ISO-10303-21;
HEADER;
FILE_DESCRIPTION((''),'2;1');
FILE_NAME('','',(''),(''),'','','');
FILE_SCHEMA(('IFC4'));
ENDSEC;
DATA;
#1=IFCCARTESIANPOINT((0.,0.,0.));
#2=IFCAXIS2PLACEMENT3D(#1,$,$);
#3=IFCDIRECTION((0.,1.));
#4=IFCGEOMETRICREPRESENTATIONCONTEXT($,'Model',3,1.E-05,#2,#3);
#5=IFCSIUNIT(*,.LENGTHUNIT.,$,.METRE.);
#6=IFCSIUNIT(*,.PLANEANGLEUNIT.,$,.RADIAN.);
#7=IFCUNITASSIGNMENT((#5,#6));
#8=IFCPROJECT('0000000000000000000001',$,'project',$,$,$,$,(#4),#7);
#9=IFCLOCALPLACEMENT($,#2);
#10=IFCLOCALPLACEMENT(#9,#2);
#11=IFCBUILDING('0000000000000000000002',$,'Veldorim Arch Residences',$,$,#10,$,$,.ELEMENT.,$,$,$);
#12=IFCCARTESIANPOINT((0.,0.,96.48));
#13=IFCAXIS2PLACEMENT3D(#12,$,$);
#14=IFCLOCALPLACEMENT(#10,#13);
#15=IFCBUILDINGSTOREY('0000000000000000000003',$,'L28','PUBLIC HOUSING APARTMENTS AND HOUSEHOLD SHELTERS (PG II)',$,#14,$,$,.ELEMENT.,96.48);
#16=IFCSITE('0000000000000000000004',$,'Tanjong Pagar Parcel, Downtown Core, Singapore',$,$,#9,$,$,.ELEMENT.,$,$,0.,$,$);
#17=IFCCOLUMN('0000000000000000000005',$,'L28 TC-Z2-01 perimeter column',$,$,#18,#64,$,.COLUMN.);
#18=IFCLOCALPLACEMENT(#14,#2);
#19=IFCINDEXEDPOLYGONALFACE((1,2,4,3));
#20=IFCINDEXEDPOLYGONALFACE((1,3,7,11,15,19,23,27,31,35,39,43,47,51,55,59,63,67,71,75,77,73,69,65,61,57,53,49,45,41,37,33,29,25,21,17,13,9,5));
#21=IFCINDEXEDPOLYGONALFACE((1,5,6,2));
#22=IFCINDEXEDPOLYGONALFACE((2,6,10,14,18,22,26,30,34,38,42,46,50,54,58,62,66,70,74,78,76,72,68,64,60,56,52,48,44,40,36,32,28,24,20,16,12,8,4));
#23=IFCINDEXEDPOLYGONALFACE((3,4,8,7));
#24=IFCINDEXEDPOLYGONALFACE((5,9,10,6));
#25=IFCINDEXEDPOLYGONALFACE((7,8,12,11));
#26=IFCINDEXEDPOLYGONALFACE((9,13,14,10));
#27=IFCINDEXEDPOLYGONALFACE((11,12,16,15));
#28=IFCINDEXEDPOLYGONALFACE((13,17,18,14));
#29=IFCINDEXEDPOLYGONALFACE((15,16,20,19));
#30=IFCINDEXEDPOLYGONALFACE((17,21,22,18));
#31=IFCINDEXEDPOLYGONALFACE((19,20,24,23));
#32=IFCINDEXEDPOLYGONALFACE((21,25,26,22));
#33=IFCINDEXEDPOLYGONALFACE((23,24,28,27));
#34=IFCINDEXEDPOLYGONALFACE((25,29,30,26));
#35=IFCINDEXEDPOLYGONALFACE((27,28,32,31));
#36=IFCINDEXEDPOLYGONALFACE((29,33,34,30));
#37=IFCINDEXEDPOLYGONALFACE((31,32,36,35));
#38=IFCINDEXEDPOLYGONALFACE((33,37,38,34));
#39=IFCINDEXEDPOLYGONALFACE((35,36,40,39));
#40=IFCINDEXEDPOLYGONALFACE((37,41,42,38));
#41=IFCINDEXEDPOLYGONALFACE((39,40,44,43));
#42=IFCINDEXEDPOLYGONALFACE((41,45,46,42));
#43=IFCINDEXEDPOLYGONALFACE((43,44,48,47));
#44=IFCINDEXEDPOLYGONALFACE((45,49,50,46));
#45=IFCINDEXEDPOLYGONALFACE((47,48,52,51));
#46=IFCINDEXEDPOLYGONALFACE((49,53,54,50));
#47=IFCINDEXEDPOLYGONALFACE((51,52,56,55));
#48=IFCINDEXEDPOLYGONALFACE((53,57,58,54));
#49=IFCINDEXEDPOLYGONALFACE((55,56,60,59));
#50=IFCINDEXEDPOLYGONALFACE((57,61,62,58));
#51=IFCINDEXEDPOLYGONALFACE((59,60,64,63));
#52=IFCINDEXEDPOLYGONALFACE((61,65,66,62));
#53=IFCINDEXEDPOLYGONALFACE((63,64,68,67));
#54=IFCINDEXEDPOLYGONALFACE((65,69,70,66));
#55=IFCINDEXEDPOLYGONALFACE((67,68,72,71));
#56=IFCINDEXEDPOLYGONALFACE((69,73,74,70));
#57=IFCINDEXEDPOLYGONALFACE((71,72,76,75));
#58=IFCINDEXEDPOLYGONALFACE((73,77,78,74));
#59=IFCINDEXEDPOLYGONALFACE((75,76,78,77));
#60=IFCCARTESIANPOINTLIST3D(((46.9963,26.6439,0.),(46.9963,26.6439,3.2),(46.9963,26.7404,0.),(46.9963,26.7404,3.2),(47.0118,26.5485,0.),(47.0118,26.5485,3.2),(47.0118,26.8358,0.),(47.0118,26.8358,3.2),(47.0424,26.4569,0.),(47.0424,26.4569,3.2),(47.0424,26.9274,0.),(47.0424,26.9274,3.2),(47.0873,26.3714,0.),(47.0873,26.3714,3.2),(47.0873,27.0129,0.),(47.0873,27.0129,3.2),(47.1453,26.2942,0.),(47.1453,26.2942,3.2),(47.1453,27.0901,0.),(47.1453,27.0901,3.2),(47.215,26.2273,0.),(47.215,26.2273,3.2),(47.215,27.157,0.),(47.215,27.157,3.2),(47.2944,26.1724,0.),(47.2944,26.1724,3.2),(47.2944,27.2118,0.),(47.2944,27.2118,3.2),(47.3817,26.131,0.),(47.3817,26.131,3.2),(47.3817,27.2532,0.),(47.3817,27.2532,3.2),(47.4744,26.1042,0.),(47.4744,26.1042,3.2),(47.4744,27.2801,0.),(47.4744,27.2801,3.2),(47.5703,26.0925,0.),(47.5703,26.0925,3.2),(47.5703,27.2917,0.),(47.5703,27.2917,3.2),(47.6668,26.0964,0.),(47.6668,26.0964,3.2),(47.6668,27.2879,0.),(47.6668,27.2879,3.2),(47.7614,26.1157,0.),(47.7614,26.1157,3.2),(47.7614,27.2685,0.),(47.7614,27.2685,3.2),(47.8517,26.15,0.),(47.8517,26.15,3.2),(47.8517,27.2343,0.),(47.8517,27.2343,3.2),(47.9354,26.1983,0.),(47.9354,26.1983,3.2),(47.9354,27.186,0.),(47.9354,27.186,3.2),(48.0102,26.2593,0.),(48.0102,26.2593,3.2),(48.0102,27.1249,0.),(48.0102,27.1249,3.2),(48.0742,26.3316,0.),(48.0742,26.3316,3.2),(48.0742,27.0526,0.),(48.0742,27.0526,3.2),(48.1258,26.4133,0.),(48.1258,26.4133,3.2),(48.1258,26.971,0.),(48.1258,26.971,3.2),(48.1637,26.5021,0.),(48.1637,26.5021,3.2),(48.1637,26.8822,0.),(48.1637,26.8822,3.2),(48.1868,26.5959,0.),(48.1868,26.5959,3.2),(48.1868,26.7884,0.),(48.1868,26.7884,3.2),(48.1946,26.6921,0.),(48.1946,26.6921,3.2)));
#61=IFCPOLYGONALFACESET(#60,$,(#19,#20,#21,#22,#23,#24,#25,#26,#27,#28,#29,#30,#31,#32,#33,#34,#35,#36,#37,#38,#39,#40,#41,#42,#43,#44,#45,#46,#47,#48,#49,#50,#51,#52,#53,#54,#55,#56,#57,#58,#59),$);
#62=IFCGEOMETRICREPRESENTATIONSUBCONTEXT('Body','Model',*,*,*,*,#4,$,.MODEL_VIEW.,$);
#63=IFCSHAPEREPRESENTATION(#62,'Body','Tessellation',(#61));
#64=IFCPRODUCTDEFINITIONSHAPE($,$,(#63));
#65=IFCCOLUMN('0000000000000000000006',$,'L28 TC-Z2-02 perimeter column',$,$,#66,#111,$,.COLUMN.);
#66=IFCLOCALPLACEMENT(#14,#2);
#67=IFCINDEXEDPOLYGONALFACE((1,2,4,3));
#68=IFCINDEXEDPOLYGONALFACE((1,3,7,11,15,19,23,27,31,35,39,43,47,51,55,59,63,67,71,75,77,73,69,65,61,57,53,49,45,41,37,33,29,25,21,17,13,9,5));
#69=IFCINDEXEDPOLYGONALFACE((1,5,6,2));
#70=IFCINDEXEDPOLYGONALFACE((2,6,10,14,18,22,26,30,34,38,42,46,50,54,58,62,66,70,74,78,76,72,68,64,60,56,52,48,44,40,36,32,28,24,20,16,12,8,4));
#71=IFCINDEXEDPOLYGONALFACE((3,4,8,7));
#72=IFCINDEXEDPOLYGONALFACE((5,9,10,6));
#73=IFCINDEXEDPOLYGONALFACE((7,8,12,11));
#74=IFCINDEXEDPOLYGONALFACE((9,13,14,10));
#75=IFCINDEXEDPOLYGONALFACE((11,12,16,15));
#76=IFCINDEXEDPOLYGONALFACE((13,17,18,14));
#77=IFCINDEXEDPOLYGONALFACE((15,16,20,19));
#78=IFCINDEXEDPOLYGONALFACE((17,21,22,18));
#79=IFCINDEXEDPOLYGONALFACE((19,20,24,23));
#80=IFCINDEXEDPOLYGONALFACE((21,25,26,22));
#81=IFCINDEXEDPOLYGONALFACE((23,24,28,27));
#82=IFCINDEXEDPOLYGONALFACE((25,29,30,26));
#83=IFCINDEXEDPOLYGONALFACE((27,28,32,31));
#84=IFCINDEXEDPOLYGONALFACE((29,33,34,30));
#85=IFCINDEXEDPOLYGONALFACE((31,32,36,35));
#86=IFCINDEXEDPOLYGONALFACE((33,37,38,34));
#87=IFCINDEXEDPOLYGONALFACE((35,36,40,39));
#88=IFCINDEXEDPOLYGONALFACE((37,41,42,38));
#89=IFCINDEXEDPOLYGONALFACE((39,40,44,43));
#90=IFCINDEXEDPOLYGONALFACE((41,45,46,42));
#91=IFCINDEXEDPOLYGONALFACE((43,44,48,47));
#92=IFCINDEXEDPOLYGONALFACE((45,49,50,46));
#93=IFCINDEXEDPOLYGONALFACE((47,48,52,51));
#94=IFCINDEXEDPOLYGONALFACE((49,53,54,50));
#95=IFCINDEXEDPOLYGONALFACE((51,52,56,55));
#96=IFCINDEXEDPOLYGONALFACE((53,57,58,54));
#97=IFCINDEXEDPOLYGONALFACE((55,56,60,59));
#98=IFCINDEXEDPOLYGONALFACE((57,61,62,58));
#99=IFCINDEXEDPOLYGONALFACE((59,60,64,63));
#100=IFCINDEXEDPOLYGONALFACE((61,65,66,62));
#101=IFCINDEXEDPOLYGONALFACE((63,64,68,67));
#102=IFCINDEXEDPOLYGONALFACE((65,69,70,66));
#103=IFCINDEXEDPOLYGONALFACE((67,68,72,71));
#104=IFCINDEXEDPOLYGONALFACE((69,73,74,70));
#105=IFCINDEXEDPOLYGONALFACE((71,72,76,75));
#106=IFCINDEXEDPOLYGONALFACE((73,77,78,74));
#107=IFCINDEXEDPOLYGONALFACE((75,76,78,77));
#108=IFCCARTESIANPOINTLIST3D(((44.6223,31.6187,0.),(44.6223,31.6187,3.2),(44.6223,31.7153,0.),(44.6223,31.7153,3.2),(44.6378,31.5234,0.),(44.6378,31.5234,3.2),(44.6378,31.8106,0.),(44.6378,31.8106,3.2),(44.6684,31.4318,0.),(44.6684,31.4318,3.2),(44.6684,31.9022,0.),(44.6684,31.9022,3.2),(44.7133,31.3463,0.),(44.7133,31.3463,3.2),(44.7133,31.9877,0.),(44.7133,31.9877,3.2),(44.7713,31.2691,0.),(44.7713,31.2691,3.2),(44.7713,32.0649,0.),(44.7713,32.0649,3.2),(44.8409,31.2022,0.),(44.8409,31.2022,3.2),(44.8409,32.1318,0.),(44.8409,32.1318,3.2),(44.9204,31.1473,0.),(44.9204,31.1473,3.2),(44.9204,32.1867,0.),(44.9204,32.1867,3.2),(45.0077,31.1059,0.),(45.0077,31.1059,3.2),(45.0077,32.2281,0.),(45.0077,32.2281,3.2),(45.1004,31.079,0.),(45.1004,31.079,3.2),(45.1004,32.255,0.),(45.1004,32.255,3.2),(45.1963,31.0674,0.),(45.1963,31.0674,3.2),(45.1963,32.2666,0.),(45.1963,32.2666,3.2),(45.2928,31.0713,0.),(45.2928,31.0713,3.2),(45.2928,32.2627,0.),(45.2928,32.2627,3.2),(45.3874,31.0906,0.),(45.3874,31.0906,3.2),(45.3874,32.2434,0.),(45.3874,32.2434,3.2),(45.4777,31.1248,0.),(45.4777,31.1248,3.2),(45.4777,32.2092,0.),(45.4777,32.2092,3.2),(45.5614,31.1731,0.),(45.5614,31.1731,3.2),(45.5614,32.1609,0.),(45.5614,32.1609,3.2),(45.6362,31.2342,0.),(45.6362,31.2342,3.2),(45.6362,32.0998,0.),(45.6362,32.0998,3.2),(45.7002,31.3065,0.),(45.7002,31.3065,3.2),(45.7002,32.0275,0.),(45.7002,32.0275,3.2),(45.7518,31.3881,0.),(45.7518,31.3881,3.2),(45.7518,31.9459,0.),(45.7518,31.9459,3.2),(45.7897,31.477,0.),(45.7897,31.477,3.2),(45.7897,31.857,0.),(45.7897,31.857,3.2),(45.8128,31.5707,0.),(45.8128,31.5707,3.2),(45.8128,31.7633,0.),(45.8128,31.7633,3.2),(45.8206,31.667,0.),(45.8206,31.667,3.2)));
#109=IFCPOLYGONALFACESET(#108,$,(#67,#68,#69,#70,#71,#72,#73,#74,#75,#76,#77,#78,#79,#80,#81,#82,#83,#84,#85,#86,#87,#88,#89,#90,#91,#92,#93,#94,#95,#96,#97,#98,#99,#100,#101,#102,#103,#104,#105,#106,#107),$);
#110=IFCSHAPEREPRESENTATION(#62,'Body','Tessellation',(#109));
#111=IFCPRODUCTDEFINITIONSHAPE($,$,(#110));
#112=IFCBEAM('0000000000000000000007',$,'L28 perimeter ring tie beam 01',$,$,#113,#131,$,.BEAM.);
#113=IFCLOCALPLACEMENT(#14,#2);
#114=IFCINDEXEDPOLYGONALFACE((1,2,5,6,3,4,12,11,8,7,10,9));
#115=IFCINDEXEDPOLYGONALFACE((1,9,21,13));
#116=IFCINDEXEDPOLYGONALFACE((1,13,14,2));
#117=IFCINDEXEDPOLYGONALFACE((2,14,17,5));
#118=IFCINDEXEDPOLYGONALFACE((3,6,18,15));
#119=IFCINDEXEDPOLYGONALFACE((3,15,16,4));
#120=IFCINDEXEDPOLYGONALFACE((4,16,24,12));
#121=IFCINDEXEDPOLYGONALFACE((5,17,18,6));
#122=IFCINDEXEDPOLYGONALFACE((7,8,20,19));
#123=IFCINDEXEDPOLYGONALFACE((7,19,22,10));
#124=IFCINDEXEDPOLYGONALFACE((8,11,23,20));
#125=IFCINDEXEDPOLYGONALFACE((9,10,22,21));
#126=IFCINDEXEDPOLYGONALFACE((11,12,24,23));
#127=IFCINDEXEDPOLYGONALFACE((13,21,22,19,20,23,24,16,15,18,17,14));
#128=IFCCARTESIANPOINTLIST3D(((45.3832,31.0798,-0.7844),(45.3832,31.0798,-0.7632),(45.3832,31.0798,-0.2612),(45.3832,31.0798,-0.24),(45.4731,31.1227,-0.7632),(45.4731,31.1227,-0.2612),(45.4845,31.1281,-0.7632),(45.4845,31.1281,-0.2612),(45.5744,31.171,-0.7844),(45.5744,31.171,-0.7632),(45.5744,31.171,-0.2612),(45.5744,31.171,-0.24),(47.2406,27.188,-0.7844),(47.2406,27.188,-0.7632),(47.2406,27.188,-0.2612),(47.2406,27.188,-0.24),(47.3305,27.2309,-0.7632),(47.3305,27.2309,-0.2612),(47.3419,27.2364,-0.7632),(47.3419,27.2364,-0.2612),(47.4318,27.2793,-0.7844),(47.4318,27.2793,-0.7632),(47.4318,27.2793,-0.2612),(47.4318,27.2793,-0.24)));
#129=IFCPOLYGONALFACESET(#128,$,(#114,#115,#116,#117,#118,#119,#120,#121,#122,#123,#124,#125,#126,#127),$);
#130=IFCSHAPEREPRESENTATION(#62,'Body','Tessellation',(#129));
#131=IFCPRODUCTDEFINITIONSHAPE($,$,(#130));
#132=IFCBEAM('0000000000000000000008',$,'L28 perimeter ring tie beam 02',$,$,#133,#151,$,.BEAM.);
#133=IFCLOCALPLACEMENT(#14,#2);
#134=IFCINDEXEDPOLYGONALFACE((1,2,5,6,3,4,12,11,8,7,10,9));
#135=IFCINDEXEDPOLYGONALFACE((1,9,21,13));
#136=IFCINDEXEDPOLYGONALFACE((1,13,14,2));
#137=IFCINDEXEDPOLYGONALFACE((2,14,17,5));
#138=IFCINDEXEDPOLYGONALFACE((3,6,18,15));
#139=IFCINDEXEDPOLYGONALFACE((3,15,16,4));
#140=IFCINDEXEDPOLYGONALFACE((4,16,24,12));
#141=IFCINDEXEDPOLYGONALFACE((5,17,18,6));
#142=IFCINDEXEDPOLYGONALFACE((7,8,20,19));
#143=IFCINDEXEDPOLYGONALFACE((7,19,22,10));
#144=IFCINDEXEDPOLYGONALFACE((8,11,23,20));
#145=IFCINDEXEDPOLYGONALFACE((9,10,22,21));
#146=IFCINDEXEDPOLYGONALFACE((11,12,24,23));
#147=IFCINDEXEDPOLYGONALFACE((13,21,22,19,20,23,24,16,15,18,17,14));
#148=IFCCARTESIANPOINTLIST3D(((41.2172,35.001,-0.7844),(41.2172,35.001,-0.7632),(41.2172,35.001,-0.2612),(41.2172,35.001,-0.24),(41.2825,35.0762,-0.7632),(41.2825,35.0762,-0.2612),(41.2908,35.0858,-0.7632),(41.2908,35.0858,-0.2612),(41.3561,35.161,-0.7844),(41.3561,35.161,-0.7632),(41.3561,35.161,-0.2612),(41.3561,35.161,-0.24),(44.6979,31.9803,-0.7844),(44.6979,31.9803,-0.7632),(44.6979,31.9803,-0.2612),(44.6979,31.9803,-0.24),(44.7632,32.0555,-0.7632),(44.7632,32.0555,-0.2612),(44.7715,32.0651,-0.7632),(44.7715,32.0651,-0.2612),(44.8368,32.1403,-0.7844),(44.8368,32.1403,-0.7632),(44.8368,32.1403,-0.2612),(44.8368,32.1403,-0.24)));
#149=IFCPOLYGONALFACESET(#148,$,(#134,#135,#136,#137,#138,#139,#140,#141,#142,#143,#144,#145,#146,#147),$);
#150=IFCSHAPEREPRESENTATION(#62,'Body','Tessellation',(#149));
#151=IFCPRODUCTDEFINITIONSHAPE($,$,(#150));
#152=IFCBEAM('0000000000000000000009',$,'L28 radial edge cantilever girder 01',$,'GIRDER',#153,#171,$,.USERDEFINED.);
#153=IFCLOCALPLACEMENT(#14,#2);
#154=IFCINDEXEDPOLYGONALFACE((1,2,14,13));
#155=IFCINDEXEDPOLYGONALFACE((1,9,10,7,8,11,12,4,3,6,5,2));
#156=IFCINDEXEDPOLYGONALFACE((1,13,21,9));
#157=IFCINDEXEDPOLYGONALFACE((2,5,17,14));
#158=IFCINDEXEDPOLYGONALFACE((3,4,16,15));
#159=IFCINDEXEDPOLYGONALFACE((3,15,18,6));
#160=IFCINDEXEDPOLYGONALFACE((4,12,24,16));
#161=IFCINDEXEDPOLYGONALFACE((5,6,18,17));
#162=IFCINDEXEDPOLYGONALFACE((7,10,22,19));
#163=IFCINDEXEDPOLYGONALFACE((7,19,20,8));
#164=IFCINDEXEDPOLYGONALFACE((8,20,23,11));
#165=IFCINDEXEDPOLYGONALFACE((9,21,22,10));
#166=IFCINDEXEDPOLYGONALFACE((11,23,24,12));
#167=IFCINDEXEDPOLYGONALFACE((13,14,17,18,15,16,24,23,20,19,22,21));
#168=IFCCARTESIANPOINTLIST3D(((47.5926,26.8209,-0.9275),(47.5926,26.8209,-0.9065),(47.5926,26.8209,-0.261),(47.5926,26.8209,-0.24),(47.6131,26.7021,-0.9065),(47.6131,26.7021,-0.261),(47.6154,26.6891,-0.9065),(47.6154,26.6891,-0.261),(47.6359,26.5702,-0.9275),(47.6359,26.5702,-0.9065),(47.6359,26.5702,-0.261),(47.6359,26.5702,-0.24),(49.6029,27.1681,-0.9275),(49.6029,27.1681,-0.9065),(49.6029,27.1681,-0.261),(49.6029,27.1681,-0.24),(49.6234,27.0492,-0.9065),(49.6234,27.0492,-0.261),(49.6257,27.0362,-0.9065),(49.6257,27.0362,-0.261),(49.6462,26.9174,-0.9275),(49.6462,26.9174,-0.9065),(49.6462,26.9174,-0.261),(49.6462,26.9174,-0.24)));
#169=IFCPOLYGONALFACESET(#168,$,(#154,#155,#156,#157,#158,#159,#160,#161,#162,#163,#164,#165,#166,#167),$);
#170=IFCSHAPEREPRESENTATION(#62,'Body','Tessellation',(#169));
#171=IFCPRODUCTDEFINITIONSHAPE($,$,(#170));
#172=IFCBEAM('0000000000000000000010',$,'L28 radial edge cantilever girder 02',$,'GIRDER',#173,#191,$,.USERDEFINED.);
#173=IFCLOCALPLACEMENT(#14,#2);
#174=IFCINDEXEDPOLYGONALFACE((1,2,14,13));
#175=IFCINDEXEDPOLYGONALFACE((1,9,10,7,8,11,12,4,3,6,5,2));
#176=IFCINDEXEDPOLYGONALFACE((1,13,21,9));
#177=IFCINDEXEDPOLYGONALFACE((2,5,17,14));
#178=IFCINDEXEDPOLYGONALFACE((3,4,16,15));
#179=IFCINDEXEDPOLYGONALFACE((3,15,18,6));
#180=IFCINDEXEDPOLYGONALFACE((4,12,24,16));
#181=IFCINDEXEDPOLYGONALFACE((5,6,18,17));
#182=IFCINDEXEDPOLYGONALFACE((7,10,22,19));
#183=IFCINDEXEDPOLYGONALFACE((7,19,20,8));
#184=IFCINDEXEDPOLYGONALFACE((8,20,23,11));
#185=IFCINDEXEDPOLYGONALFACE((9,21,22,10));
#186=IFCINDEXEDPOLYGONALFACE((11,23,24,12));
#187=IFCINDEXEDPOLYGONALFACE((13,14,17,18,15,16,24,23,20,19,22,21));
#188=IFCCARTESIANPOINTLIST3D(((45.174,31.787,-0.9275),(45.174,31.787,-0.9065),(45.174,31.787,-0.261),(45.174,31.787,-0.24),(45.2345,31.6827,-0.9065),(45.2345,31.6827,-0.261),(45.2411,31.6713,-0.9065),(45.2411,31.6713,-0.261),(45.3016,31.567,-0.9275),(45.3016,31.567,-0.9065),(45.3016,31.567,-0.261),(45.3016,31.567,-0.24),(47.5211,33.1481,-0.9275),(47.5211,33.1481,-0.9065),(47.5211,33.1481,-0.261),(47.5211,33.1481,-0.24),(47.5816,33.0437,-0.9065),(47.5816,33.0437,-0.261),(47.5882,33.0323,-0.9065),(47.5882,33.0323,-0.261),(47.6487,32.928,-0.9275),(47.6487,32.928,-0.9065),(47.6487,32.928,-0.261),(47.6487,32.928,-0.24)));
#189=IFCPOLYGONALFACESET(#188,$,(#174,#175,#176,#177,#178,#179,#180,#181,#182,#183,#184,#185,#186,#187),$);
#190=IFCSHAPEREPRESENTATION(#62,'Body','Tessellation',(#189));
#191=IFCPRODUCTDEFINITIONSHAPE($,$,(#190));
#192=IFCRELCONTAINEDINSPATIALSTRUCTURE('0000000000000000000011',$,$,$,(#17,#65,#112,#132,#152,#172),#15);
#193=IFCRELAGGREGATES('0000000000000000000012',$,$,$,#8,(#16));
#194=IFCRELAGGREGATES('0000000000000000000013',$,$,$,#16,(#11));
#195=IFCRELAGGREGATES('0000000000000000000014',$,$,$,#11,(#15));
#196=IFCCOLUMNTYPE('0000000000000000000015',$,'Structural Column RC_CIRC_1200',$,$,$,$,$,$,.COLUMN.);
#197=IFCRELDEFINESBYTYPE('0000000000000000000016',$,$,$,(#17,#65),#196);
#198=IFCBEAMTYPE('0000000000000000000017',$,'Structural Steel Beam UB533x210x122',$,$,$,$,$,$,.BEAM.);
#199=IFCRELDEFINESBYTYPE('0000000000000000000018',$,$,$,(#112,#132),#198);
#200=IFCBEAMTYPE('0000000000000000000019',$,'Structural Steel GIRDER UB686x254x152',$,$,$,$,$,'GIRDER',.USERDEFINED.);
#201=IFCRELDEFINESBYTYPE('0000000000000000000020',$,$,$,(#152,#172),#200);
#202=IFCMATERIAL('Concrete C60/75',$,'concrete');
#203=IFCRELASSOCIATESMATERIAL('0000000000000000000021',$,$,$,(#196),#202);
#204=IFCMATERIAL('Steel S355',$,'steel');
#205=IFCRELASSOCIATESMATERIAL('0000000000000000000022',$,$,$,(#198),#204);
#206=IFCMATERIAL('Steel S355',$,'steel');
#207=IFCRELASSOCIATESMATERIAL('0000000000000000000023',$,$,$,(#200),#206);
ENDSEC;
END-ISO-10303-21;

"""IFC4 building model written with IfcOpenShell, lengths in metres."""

from ifc_helpers import new_model, si_unit, direction, frame, origin, origin_2d, place, context, subcontext, project, spatial, circle, i_section, extrude, material, material_profile, profile_set, type_object, element, save


model = new_model("IFC4")

# Units and contexts
model_context = context("Model", 3, precision=1e-05, world=origin(), true_north=direction((0.0, 1.0)))
body_context = subcontext(model_context, "Body", "Model", "MODEL_VIEW")
ifc_project = project(units=[si_unit("LENGTHUNIT", "METRE"), si_unit("PLANEANGLEUNIT", "RADIAN")], contexts=[model_context])

# Site, building, storey
site_placement = place(None, origin())
site = spatial("IfcSite", under=ifc_project, at=site_placement, Name="Tanjong Pagar Parcel, Downtown Core, Singapore", CompositionType="ELEMENT", RefElevation=0.0)
building_placement = place(site_placement, origin())
building = spatial("IfcBuilding", under=site, at=building_placement, Name="Veldorim Arch Residences", CompositionType="ELEMENT")
storey_placement = place(building_placement, frame((0.0, 0.0, 96.48)))
storey = spatial("IfcBuildingStorey", under=building, at=storey_placement, Name="L28", Description="PUBLIC HOUSING APARTMENTS AND HOUSEHOLD SHELTERS (PG II)", CompositionType="ELEMENT", Elevation=96.48)

# Columns
ifc_material_1 = material(Name="Concrete C60/75", Category="concrete")
ifc_material_profile_1 = material_profile(ifc_material_1, circle(Radius=0.6001, at=origin_2d()), Name="RC_CIRC_1200")
ifc_profile_set_1 = profile_set([ifc_material_profile_1], Name="Concrete C60/75")
column_type = type_object("IfcColumnType", Name="Structural Column RC_CIRC_1200", PredefinedType="COLUMN", material=ifc_profile_set_1)
for number, where, z_axis, x_axis, name in (
    (1, (47.5945, 26.6921, 0.0), (0.0, 0.0, 1.0), (1.0, 0.0, 0.0), "L28 TC-Z2-01 perimeter column"),
    (2, (45.2205, 31.667, 0.0), (0.0, 0.0, 1.0), (1.0, 0.0, 0.0), "L28 TC-Z2-02 perimeter column"),
):
    element("IfcColumn", number, at=place(storey_placement, frame(where, z_axis=z_axis, x_axis=x_axis)), inside=storey, type_object=column_type, Name=name, PredefinedType="COLUMN", context=body_context, shape_type="SweptSolid", body=[
        extrude(circle(Radius=0.6001, at=origin_2d()), origin(), (0.0, 0.0, 1.0), 3.2),
    ])

# Beams
ifc_material_2 = material(Name="Steel S355", Category="steel")
ifc_material_profile_2 = material_profile(ifc_material_2, i_section(OverallWidth=0.2119, OverallDepth=0.5444, WebThickness=0.0127, FlangeThickness=0.0212, at=origin_2d()), Name="UB533x210x122")
ifc_profile_set_2 = profile_set([ifc_material_profile_2], Name="Steel S355")
beam_type_1 = type_object("IfcBeamType", Name="Structural Steel Beam UB533x210x122", PredefinedType="BEAM", material=ifc_profile_set_2)
beam_1_placement = place(storey_placement, frame((47.3362, 27.2336, -0.5122), z_axis=(-0.43072, 0.902486, 0.0), x_axis=(-0.902486, -0.43072, 0.0)))
element("IfcBeam", 3, at=beam_1_placement, inside=storey, type_object=beam_type_1, Name="L28 perimeter ring tie beam 01", PredefinedType="BEAM", context=body_context, shape_type="SweptSolid", body=[
    extrude(i_section(OverallWidth=0.2119, OverallDepth=0.5444, WebThickness=0.0127, FlangeThickness=0.0212, at=origin_2d()), origin(), (0.0, 0.0, 1.0), 4.3123),
])
beam_2_placement = place(storey_placement, frame((44.7673, 32.0603, -0.5122), z_axis=(-0.755245, 0.655443, 0.0), x_axis=(-0.655443, -0.755245, 0.0)))
element("IfcBeam", 4, at=beam_2_placement, inside=storey, type_object=beam_type_1, Name="L28 perimeter ring tie beam 02", PredefinedType="BEAM", context=body_context, shape_type="SweptSolid", body=[
    extrude(i_section(OverallWidth=0.2119, OverallDepth=0.5444, WebThickness=0.0127, FlangeThickness=0.0212, at=origin_2d()), origin(), (0.0, 0.0, 1.0), 4.6086),
])
ifc_material_3 = material(Name="Steel S355", Category="steel")
ifc_material_profile_3 = material_profile(ifc_material_3, i_section(OverallWidth=0.2544, OverallDepth=0.6875, WebThickness=0.0132, FlangeThickness=0.021, at=origin_2d()), Name="UB686x254x152")
ifc_profile_set_3 = profile_set([ifc_material_profile_3], Name="Steel S355")
beam_type_2 = type_object("IfcBeamType", Name="Structural Steel GIRDER UB686x254x152", ElementType="GIRDER", PredefinedType="USERDEFINED", material=ifc_profile_set_3)
beam_3_placement = place(storey_placement, frame((47.6143, 26.6956, -0.5837), z_axis=(0.985413, 0.170179, 0.0), x_axis=(-0.170179, 0.985413, 0.0)))
element("IfcBeam", 5, at=beam_3_placement, inside=storey, type_object=beam_type_2, Name="L28 radial edge cantilever girder 01", ObjectType="GIRDER", PredefinedType="USERDEFINED", context=body_context, shape_type="SweptSolid", body=[
    extrude(i_section(OverallWidth=0.2544, OverallDepth=0.6875, WebThickness=0.0132, FlangeThickness=0.021, at=origin_2d()), origin(), (0.0, 0.0, 1.0), 2.04),
])
beam_4_placement = place(storey_placement, frame((45.2378, 31.677, -0.5837), z_axis=(0.865075, 0.501643, 0.0), x_axis=(-0.501643, 0.865075, 0.0)))
element("IfcBeam", 6, at=beam_4_placement, inside=storey, type_object=beam_type_2, Name="L28 radial edge cantilever girder 02", ObjectType="GIRDER", PredefinedType="USERDEFINED", context=body_context, shape_type="SweptSolid", body=[
    extrude(i_section(OverallWidth=0.2544, OverallDepth=0.6875, WebThickness=0.0132, FlangeThickness=0.021, at=origin_2d()), origin(), (0.0, 0.0, 1.0), 2.7131),
])

save(model, "model.ifc")
